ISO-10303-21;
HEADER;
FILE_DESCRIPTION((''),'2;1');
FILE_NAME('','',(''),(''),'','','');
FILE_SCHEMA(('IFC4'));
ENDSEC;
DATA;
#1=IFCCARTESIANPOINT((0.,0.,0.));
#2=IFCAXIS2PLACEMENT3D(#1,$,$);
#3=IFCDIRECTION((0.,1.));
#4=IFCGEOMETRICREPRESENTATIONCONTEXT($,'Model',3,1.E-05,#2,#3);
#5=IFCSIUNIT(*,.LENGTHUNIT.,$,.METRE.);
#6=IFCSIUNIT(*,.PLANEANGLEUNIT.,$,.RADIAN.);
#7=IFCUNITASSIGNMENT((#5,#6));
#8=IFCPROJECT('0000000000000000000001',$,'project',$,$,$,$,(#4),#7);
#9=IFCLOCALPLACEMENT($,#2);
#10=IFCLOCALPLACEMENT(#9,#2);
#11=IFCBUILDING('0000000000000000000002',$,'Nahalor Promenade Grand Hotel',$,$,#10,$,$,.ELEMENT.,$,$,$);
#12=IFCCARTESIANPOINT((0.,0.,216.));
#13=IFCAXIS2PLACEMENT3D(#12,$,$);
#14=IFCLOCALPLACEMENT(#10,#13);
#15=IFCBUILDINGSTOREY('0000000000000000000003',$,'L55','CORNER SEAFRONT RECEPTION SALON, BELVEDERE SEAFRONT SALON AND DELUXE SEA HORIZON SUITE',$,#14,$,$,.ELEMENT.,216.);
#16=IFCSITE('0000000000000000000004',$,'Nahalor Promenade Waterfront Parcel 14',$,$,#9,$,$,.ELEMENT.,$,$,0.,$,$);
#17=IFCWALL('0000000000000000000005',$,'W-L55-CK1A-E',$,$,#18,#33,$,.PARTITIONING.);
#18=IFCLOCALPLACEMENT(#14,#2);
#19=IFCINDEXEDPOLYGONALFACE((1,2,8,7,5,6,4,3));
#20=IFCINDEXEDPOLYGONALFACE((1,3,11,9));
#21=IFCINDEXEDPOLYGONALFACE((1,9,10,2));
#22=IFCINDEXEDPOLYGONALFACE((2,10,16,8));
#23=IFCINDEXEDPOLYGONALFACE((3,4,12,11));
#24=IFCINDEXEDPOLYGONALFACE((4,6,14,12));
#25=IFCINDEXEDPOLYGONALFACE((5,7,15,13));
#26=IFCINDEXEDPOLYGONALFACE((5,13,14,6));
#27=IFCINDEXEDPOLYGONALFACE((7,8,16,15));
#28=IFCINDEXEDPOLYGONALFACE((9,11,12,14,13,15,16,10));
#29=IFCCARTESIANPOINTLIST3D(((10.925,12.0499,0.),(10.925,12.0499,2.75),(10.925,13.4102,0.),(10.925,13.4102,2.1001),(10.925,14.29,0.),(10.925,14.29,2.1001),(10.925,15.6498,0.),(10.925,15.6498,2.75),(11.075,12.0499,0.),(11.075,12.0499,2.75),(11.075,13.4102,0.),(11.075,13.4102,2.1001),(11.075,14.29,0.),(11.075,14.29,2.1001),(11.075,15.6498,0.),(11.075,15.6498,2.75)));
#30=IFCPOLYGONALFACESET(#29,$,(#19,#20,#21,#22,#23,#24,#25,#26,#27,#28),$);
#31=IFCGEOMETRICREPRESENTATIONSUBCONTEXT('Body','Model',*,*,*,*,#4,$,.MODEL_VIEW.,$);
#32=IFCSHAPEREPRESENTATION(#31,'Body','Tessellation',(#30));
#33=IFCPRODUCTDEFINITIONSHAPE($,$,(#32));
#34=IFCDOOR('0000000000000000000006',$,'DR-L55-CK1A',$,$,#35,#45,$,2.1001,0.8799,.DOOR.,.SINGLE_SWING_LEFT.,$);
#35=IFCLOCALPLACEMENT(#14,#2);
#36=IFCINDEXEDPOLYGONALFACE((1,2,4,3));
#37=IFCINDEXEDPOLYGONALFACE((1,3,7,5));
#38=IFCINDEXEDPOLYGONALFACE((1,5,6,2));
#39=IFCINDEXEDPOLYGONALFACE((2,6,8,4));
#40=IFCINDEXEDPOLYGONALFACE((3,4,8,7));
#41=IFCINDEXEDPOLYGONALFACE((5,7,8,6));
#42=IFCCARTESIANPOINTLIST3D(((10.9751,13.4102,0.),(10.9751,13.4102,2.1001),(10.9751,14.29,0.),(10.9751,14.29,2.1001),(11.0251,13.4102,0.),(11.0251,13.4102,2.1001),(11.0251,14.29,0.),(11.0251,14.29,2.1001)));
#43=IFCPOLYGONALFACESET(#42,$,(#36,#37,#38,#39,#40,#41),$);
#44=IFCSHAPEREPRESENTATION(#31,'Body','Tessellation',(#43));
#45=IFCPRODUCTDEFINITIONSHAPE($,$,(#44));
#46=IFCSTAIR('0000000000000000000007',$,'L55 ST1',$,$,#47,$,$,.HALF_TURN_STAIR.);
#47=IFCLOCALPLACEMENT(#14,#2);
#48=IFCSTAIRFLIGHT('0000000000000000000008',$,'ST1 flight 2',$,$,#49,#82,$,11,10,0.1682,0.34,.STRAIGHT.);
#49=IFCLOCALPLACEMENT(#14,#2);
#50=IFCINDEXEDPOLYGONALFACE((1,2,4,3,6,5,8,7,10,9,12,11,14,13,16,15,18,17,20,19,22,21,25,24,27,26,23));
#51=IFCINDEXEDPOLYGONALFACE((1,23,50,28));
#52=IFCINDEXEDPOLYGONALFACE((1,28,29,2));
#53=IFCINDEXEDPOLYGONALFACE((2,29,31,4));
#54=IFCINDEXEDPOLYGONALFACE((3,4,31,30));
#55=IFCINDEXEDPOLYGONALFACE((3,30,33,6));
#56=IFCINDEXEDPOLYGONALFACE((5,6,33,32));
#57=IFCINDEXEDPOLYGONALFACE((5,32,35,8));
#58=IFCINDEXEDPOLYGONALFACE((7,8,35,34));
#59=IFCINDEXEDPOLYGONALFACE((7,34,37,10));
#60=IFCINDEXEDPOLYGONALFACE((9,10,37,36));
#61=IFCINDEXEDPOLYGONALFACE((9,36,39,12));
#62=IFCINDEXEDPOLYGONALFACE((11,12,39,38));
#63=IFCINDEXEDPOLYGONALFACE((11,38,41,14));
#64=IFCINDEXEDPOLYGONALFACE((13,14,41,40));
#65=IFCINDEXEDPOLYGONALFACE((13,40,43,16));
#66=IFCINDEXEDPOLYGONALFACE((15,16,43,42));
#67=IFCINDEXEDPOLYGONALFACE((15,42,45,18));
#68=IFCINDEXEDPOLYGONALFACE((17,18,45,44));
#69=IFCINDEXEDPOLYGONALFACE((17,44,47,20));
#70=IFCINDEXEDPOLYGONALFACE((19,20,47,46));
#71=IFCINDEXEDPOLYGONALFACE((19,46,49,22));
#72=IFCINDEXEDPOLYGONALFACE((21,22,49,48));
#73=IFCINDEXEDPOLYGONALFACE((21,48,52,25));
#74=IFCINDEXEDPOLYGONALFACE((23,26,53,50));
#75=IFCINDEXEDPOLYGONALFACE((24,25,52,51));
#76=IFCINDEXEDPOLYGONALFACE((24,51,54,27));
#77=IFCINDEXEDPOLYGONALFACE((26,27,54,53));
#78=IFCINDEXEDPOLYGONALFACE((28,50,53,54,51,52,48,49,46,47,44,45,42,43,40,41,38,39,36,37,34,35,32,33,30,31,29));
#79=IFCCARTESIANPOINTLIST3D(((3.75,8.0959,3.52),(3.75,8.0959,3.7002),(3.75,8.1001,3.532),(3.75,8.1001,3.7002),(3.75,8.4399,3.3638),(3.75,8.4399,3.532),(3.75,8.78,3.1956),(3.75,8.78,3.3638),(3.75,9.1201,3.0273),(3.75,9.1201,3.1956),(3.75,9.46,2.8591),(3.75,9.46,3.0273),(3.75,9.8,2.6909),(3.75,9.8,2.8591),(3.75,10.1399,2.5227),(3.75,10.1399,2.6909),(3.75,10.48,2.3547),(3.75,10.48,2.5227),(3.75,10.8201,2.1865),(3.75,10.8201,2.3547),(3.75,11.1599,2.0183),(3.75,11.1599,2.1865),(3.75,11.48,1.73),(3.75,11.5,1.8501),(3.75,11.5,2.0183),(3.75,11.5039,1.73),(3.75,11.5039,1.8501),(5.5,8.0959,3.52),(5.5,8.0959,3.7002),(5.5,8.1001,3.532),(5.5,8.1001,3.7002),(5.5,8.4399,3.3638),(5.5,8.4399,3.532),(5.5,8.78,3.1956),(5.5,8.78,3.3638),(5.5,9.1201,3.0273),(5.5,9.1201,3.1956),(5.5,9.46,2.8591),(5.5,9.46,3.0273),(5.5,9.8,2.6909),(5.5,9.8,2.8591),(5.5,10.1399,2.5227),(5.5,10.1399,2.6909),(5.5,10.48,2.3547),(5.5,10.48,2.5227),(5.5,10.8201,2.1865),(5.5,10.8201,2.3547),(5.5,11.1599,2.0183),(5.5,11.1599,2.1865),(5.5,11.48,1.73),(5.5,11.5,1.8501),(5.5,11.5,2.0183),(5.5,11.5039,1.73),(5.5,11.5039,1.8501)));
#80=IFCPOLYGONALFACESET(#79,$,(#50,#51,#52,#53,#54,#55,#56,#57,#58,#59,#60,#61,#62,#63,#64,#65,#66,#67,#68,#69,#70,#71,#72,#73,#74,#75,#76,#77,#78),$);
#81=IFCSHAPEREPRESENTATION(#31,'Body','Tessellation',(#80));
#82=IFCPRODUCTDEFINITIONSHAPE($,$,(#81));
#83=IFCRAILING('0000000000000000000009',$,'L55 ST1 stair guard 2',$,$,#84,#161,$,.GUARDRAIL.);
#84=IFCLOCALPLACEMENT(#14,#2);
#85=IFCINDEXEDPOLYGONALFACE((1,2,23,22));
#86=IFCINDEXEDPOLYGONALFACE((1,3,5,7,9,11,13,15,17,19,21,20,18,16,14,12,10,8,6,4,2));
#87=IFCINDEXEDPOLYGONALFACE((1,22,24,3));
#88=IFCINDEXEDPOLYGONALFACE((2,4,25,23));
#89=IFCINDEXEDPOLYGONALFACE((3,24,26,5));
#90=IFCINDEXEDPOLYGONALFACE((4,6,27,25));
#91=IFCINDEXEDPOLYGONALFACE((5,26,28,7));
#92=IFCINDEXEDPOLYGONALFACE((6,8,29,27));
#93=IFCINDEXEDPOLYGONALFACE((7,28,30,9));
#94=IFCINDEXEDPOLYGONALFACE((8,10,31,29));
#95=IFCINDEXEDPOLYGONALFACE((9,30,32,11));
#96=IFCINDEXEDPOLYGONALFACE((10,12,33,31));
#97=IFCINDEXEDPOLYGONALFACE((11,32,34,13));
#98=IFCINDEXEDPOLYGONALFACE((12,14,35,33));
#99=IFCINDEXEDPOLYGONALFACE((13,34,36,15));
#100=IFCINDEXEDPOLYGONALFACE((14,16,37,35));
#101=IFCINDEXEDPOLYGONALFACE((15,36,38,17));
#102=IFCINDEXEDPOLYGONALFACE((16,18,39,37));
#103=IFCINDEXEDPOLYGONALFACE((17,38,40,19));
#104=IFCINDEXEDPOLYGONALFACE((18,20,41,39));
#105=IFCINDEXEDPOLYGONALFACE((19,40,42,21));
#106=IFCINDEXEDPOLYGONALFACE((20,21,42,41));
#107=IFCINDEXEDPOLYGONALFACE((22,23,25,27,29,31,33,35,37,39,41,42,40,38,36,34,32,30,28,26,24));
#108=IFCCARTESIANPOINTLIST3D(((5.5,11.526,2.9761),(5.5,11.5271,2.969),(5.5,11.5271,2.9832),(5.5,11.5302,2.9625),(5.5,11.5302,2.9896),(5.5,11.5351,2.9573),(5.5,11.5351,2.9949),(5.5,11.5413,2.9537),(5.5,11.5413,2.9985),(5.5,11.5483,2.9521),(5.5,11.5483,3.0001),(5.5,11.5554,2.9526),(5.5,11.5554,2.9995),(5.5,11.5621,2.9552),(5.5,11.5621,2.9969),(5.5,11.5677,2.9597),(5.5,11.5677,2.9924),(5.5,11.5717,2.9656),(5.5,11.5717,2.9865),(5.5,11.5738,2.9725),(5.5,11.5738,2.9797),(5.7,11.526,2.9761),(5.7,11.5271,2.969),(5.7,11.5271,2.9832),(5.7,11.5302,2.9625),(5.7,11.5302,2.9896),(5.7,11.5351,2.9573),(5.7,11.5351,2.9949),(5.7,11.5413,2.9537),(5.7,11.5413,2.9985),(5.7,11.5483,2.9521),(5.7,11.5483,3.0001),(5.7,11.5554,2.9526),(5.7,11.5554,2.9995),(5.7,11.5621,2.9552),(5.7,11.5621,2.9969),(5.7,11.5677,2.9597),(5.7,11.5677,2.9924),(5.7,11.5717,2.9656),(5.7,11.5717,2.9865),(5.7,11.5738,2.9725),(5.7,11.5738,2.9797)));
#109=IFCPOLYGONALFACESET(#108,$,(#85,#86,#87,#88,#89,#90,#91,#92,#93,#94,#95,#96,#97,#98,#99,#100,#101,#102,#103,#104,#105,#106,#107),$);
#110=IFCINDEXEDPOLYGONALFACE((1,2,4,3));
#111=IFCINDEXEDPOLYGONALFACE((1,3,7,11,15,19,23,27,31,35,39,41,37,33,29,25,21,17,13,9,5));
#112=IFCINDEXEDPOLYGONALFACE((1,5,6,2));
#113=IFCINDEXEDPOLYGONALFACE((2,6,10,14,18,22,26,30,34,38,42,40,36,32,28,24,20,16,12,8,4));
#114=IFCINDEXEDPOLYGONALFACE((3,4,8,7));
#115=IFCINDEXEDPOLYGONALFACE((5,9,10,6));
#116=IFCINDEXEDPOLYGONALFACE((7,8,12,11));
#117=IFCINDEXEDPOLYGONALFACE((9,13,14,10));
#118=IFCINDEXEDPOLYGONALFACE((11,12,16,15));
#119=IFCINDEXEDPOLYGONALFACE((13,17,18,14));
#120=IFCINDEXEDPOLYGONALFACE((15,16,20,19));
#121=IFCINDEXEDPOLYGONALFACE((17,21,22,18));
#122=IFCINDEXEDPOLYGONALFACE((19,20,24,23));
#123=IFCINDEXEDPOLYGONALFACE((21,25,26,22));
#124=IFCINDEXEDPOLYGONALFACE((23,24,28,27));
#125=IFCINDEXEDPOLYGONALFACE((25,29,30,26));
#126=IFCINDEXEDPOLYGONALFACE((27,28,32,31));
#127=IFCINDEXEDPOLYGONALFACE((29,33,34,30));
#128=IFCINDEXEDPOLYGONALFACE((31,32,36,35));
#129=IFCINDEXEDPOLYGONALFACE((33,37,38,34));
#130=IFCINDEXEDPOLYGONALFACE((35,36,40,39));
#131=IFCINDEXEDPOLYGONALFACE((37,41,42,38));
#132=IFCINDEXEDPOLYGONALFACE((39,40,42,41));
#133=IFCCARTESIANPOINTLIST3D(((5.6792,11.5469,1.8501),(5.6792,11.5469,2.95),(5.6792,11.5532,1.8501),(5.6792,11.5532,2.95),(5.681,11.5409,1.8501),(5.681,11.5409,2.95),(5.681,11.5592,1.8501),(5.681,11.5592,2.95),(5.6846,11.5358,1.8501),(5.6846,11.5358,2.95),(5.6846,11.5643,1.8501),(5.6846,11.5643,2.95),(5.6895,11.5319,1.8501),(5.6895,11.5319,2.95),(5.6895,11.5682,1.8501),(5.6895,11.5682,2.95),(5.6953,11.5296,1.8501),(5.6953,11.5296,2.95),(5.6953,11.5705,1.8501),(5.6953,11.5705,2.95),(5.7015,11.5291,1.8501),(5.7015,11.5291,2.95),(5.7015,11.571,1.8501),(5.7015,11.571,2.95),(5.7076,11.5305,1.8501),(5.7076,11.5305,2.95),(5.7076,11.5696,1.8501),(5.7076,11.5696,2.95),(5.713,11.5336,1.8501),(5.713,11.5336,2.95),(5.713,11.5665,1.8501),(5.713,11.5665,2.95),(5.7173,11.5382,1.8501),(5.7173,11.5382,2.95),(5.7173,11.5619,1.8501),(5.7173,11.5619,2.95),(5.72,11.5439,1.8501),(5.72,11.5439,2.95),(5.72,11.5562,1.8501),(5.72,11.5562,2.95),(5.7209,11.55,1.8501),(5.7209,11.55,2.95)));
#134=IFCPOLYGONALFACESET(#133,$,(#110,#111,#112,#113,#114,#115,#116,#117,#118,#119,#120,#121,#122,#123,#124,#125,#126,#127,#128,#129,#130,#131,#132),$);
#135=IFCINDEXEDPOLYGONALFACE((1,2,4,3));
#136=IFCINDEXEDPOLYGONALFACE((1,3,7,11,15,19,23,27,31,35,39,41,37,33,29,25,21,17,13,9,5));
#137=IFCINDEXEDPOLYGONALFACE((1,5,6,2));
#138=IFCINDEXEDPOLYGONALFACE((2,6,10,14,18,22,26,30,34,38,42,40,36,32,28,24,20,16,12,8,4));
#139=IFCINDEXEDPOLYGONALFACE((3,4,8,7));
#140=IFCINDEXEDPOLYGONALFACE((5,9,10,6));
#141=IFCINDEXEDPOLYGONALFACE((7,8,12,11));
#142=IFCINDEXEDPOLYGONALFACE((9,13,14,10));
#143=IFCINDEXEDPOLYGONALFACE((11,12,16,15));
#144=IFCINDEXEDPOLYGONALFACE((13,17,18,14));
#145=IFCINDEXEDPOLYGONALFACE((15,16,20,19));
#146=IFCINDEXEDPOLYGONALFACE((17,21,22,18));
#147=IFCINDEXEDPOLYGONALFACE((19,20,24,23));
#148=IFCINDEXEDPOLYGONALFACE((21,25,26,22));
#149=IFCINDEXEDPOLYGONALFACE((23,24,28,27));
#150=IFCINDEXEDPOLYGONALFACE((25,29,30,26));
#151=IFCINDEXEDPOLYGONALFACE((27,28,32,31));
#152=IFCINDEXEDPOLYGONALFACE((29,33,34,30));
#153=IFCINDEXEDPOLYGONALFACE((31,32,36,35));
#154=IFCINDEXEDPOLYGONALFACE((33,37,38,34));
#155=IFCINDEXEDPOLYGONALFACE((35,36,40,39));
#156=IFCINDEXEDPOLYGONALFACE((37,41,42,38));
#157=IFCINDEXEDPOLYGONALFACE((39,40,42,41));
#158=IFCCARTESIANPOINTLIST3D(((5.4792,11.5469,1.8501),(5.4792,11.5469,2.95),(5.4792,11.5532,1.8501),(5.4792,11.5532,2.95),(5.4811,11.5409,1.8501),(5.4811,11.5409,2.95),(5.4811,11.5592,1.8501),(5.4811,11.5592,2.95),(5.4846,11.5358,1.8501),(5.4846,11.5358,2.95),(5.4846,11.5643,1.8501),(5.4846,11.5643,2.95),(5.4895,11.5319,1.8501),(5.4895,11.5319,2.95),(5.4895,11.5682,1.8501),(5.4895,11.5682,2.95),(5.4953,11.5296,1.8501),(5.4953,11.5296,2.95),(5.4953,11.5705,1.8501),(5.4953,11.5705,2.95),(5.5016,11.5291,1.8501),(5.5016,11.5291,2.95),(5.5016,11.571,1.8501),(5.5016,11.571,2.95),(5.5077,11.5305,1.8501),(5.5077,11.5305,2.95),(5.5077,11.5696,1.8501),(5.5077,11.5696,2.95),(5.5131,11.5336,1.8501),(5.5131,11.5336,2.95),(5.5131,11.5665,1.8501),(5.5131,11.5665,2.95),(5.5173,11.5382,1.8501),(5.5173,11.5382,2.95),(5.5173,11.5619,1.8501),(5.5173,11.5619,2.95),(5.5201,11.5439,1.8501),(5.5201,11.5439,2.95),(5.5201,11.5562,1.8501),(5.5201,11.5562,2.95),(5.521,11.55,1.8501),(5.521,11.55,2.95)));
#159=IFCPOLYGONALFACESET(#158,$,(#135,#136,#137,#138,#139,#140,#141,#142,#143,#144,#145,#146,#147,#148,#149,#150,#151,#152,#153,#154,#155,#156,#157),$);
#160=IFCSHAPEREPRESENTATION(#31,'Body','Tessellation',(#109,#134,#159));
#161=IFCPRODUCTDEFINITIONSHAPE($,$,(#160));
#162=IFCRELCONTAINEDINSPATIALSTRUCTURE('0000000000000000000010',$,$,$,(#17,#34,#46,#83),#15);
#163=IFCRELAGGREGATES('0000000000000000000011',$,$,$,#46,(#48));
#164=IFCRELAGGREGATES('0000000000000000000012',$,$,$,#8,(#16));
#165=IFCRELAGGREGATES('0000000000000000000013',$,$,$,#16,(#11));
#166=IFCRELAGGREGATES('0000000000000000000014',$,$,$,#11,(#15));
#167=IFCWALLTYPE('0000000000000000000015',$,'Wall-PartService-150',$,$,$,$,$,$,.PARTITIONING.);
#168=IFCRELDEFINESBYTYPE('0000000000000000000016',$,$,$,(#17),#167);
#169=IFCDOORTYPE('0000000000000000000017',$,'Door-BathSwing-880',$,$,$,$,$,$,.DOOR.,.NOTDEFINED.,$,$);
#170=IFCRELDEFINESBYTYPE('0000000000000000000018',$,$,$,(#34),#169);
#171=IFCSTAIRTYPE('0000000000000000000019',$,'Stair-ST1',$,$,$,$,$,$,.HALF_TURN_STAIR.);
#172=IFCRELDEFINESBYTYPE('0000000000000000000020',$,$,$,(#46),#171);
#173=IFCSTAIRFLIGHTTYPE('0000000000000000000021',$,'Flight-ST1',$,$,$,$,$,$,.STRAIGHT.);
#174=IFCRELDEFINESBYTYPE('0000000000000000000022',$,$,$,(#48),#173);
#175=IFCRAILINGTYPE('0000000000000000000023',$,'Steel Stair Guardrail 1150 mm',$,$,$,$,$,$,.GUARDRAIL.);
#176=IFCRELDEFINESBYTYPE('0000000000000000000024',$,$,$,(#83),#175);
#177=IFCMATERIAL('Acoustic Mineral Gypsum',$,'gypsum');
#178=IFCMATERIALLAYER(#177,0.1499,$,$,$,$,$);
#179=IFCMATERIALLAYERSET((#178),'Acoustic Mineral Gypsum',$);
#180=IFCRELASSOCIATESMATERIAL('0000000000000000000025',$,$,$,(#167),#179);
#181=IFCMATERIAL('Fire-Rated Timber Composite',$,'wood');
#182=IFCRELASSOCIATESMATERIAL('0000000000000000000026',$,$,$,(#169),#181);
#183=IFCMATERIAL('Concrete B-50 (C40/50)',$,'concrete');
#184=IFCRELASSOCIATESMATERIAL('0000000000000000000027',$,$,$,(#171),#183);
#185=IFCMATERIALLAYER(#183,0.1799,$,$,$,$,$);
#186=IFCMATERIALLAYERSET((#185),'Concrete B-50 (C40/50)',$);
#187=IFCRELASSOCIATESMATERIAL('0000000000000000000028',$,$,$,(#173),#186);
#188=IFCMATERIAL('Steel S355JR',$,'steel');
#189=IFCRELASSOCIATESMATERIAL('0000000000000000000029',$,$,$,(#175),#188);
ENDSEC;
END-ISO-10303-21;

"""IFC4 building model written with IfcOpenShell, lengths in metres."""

from ifc_helpers import new_model, si_unit, direction, frame, frame_2d, origin, origin_2d, place, context, subcontext, project, spatial, polyline, rectangle, circle, outline, extrude, source, transform, mapped, material, layer, layer_set, type_object, element, fill, aggregate, save


model = new_model("IFC4")

# Units and contexts
model_context = context("Model", 3, precision=1e-05, world=origin(), true_north=direction((0.0, 1.0)))
body_context = subcontext(model_context, "Body", "Model", "MODEL_VIEW")
ifc_project = project(units=[si_unit("LENGTHUNIT", "METRE"), si_unit("PLANEANGLEUNIT", "RADIAN")], contexts=[model_context])

# Site, building, storey
site_placement = place(None, origin())
site = spatial("IfcSite", under=ifc_project, at=site_placement, Name="Nahalor Promenade Waterfront Parcel 14", CompositionType="ELEMENT", RefElevation=0.0)
building_placement = place(site_placement, origin())
building = spatial("IfcBuilding", under=site, at=building_placement, Name="Nahalor Promenade Grand Hotel", CompositionType="ELEMENT")
storey_placement = place(building_placement, frame((0.0, 0.0, 216.0)))
storey = spatial("IfcBuildingStorey", under=building, at=storey_placement, Name="L55", Description="CORNER SEAFRONT RECEPTION SALON, BELVEDERE SEAFRONT SALON AND DELUXE SEA HORIZON SUITE", CompositionType="ELEMENT", Elevation=216.0)

# Shared definitions
ifc_material_1 = material(Name="Steel S355JR", Category="steel")

# Shared definitions
ifc_material_2 = material(Name="Concrete B-50 (C40/50)", Category="concrete")
ifc_material_3 = material(Name="Acoustic Mineral Gypsum", Category="gypsum")
ifc_layer_1 = layer(ifc_material_3, 0.1499)
ifc_layer_set_1 = layer_set([ifc_layer_1], Name="Acoustic Mineral Gypsum")
wall_type_1 = type_object("IfcWallType", Name="Wall-PartService-150", PredefinedType="PARTITIONING", material=ifc_layer_set_1)
shared_shape_1 = source(origin(), body_context, "Body", "SweptSolid", [
    extrude(rectangle(XDim=3.5999, YDim=0.1499, at=frame_2d((1.7998, 0.0))), origin(), (0.0, 0.0, 1.0), 2.75),
])

# Wall, opening, door
wall_1_placement = place(storey_placement, frame((11.0, 12.05, 0.0), z_axis=(0.0, 0.0, 1.0), x_axis=(0.0, 1.0, 0.0)))
wall_1 = element("IfcWall", 1, at=wall_1_placement, inside=storey, type_object=wall_type_1, Name="W-L55-CK1A-E", PredefinedType="PARTITIONING", context=body_context, shape_type="MappedRepresentation", body=[
    mapped(shared_shape_1, transform((0.0, 0.0, 0.0), scale=1.0)),
])
opening_placement = place(wall_1_placement, frame((1.3601, 0.0, 0.0)))
opening = element("IfcOpeningElement", 2, at=opening_placement, cuts=wall_1, PredefinedType="OPENING", context=body_context, shape_type="SweptSolid", body=[
    extrude(rectangle(XDim=0.8799, YDim=2.1001, at=frame_2d((0.4399, 1.05))), frame((0.0, 0.085, 0.0), z_axis=(0.0, -1.0, 0.0), x_axis=(1.0, 0.0, 0.0)), (0.0, 0.0, 1.0), 0.1699),
])
ifc_material_4 = material(Name="Fire-Rated Timber Composite", Category="wood")
door_type = type_object("IfcDoorType", Name="Door-BathSwing-880", OperationType="NOTDEFINED", PredefinedType="DOOR", material=ifc_material_4)
shared_shape_2 = source(origin(), body_context, "Body", "SweptSolid", [
    extrude(rectangle(XDim=0.8799, YDim=2.1001, at=frame_2d((0.4399, 1.05))), frame((0.0, 0.0249, 0.0), z_axis=(0.0, -1.0, 0.0), x_axis=(1.0, 0.0, 0.0)), (0.0, 0.0, 1.0), 0.05),
])
door_placement = place(opening_placement, origin())
door = element("IfcDoor", 3, at=door_placement, inside=storey, type_object=door_type, Name="DR-L55-CK1A", OperationType="SINGLE_SWING_LEFT", OverallHeight=2.1001, OverallWidth=0.8799, PredefinedType="DOOR", context=body_context, shape_type="MappedRepresentation", body=[
    mapped(shared_shape_2, transform((0.0, 0.0, 0.0), scale=1.0)),
])
fill(opening, door)

# Stair, stair flight
stair_type = type_object("IfcStairType", Name="Stair-ST1", PredefinedType="HALF_TURN_STAIR", material=ifc_material_2)
stair_placement = place(storey_placement, origin())
stair = element("IfcStair", 4, at=stair_placement, inside=storey, type_object=stair_type, Name="L55 ST1", PredefinedType="HALF_TURN_STAIR")
ifc_layer_2 = layer(ifc_material_2, 0.1799)
ifc_layer_set_2 = layer_set([ifc_layer_2], Name="Concrete B-50 (C40/50)")
stair_flight_type = type_object("IfcStairFlightType", Name="Flight-ST1", PredefinedType="STRAIGHT", material=ifc_layer_set_2)
shared_shape_3 = source(origin(), body_context, "Body", "SweptSolid", [
    extrude(outline(polyline([(-0.0039, -0.1201), (-0.0039, 0.0), (0.0, 0.0), (0.0, 0.1682), (0.3401, 0.1682), (0.3401, 0.3364), (0.6799, 0.3364), (0.6799, 0.5046), (1.02, 0.5046), (1.02, 0.6726), (1.3601, 0.6726), (1.3601, 0.8408), (1.7, 0.8408), (1.7, 1.009), (2.04, 1.009), (2.04, 1.1772), (2.3799, 1.1772), (2.3799, 1.3455), (2.72, 1.3455), (2.72, 1.5137), (3.0601, 1.5137), (3.0601, 1.6819), (3.3999, 1.6819), (3.3999, 1.8501), (3.4041, 1.8501), (3.4041, 1.6699), (0.02, -0.1201), (-0.0039, -0.1201)])), frame((0.0, 0.875, 0.0), z_axis=(0.0, -1.0, 0.0), x_axis=(1.0, 0.0, 0.0)), (0.0, 0.0, 1.0), 1.75),
])
stair_flight_placement = place(storey_placement, frame((4.625, 11.5, 1.8501), z_axis=(0.0, 0.0, 1.0), x_axis=(0.0, -1.0, 0.0)))
stair_flight = element("IfcStairFlight", 5, at=stair_flight_placement, type_object=stair_flight_type, Name="ST1 flight 2", NumberOfRisers=11, NumberOfTreads=10, PredefinedType="STRAIGHT", RiserHeight=0.1682, TreadLength=0.34, context=body_context, shape_type="MappedRepresentation", body=[
    mapped(shared_shape_3, transform((0.0, 0.0, 0.0), scale=1.0)),
])
aggregate(stair, [stair_flight])

# Railing
railing_type_1 = type_object("IfcRailingType", Name="Steel Stair Guardrail 1150 mm", PredefinedType="GUARDRAIL", material=ifc_material_1)
railing_1_placement = place(storey_placement, frame((5.7, 11.55, 1.8501)))
element("IfcRailing", 6, at=railing_1_placement, inside=storey, type_object=railing_type_1, Name="L55 ST1 stair guard 2", PredefinedType="GUARDRAIL", context=body_context, shape_type="SweptSolid", body=[
    extrude(circle(Radius=0.024, at=origin_2d()), frame((0.0, 0.0, 1.126), z_axis=(-1.0, 0.0, 0.0), x_axis=(0.0, -1.0, 0.0)), (0.0, 0.0, 1.0), 0.2),
    extrude(circle(Radius=0.021, at=origin_2d()), origin(), (0.0, 0.0, 1.0), 1.0999),
    extrude(circle(Radius=0.021, at=origin_2d()), frame((-0.2, 0.0, 0.0)), (0.0, 0.0, 1.0), 1.0999),
])

save(model, "model.ifc")
